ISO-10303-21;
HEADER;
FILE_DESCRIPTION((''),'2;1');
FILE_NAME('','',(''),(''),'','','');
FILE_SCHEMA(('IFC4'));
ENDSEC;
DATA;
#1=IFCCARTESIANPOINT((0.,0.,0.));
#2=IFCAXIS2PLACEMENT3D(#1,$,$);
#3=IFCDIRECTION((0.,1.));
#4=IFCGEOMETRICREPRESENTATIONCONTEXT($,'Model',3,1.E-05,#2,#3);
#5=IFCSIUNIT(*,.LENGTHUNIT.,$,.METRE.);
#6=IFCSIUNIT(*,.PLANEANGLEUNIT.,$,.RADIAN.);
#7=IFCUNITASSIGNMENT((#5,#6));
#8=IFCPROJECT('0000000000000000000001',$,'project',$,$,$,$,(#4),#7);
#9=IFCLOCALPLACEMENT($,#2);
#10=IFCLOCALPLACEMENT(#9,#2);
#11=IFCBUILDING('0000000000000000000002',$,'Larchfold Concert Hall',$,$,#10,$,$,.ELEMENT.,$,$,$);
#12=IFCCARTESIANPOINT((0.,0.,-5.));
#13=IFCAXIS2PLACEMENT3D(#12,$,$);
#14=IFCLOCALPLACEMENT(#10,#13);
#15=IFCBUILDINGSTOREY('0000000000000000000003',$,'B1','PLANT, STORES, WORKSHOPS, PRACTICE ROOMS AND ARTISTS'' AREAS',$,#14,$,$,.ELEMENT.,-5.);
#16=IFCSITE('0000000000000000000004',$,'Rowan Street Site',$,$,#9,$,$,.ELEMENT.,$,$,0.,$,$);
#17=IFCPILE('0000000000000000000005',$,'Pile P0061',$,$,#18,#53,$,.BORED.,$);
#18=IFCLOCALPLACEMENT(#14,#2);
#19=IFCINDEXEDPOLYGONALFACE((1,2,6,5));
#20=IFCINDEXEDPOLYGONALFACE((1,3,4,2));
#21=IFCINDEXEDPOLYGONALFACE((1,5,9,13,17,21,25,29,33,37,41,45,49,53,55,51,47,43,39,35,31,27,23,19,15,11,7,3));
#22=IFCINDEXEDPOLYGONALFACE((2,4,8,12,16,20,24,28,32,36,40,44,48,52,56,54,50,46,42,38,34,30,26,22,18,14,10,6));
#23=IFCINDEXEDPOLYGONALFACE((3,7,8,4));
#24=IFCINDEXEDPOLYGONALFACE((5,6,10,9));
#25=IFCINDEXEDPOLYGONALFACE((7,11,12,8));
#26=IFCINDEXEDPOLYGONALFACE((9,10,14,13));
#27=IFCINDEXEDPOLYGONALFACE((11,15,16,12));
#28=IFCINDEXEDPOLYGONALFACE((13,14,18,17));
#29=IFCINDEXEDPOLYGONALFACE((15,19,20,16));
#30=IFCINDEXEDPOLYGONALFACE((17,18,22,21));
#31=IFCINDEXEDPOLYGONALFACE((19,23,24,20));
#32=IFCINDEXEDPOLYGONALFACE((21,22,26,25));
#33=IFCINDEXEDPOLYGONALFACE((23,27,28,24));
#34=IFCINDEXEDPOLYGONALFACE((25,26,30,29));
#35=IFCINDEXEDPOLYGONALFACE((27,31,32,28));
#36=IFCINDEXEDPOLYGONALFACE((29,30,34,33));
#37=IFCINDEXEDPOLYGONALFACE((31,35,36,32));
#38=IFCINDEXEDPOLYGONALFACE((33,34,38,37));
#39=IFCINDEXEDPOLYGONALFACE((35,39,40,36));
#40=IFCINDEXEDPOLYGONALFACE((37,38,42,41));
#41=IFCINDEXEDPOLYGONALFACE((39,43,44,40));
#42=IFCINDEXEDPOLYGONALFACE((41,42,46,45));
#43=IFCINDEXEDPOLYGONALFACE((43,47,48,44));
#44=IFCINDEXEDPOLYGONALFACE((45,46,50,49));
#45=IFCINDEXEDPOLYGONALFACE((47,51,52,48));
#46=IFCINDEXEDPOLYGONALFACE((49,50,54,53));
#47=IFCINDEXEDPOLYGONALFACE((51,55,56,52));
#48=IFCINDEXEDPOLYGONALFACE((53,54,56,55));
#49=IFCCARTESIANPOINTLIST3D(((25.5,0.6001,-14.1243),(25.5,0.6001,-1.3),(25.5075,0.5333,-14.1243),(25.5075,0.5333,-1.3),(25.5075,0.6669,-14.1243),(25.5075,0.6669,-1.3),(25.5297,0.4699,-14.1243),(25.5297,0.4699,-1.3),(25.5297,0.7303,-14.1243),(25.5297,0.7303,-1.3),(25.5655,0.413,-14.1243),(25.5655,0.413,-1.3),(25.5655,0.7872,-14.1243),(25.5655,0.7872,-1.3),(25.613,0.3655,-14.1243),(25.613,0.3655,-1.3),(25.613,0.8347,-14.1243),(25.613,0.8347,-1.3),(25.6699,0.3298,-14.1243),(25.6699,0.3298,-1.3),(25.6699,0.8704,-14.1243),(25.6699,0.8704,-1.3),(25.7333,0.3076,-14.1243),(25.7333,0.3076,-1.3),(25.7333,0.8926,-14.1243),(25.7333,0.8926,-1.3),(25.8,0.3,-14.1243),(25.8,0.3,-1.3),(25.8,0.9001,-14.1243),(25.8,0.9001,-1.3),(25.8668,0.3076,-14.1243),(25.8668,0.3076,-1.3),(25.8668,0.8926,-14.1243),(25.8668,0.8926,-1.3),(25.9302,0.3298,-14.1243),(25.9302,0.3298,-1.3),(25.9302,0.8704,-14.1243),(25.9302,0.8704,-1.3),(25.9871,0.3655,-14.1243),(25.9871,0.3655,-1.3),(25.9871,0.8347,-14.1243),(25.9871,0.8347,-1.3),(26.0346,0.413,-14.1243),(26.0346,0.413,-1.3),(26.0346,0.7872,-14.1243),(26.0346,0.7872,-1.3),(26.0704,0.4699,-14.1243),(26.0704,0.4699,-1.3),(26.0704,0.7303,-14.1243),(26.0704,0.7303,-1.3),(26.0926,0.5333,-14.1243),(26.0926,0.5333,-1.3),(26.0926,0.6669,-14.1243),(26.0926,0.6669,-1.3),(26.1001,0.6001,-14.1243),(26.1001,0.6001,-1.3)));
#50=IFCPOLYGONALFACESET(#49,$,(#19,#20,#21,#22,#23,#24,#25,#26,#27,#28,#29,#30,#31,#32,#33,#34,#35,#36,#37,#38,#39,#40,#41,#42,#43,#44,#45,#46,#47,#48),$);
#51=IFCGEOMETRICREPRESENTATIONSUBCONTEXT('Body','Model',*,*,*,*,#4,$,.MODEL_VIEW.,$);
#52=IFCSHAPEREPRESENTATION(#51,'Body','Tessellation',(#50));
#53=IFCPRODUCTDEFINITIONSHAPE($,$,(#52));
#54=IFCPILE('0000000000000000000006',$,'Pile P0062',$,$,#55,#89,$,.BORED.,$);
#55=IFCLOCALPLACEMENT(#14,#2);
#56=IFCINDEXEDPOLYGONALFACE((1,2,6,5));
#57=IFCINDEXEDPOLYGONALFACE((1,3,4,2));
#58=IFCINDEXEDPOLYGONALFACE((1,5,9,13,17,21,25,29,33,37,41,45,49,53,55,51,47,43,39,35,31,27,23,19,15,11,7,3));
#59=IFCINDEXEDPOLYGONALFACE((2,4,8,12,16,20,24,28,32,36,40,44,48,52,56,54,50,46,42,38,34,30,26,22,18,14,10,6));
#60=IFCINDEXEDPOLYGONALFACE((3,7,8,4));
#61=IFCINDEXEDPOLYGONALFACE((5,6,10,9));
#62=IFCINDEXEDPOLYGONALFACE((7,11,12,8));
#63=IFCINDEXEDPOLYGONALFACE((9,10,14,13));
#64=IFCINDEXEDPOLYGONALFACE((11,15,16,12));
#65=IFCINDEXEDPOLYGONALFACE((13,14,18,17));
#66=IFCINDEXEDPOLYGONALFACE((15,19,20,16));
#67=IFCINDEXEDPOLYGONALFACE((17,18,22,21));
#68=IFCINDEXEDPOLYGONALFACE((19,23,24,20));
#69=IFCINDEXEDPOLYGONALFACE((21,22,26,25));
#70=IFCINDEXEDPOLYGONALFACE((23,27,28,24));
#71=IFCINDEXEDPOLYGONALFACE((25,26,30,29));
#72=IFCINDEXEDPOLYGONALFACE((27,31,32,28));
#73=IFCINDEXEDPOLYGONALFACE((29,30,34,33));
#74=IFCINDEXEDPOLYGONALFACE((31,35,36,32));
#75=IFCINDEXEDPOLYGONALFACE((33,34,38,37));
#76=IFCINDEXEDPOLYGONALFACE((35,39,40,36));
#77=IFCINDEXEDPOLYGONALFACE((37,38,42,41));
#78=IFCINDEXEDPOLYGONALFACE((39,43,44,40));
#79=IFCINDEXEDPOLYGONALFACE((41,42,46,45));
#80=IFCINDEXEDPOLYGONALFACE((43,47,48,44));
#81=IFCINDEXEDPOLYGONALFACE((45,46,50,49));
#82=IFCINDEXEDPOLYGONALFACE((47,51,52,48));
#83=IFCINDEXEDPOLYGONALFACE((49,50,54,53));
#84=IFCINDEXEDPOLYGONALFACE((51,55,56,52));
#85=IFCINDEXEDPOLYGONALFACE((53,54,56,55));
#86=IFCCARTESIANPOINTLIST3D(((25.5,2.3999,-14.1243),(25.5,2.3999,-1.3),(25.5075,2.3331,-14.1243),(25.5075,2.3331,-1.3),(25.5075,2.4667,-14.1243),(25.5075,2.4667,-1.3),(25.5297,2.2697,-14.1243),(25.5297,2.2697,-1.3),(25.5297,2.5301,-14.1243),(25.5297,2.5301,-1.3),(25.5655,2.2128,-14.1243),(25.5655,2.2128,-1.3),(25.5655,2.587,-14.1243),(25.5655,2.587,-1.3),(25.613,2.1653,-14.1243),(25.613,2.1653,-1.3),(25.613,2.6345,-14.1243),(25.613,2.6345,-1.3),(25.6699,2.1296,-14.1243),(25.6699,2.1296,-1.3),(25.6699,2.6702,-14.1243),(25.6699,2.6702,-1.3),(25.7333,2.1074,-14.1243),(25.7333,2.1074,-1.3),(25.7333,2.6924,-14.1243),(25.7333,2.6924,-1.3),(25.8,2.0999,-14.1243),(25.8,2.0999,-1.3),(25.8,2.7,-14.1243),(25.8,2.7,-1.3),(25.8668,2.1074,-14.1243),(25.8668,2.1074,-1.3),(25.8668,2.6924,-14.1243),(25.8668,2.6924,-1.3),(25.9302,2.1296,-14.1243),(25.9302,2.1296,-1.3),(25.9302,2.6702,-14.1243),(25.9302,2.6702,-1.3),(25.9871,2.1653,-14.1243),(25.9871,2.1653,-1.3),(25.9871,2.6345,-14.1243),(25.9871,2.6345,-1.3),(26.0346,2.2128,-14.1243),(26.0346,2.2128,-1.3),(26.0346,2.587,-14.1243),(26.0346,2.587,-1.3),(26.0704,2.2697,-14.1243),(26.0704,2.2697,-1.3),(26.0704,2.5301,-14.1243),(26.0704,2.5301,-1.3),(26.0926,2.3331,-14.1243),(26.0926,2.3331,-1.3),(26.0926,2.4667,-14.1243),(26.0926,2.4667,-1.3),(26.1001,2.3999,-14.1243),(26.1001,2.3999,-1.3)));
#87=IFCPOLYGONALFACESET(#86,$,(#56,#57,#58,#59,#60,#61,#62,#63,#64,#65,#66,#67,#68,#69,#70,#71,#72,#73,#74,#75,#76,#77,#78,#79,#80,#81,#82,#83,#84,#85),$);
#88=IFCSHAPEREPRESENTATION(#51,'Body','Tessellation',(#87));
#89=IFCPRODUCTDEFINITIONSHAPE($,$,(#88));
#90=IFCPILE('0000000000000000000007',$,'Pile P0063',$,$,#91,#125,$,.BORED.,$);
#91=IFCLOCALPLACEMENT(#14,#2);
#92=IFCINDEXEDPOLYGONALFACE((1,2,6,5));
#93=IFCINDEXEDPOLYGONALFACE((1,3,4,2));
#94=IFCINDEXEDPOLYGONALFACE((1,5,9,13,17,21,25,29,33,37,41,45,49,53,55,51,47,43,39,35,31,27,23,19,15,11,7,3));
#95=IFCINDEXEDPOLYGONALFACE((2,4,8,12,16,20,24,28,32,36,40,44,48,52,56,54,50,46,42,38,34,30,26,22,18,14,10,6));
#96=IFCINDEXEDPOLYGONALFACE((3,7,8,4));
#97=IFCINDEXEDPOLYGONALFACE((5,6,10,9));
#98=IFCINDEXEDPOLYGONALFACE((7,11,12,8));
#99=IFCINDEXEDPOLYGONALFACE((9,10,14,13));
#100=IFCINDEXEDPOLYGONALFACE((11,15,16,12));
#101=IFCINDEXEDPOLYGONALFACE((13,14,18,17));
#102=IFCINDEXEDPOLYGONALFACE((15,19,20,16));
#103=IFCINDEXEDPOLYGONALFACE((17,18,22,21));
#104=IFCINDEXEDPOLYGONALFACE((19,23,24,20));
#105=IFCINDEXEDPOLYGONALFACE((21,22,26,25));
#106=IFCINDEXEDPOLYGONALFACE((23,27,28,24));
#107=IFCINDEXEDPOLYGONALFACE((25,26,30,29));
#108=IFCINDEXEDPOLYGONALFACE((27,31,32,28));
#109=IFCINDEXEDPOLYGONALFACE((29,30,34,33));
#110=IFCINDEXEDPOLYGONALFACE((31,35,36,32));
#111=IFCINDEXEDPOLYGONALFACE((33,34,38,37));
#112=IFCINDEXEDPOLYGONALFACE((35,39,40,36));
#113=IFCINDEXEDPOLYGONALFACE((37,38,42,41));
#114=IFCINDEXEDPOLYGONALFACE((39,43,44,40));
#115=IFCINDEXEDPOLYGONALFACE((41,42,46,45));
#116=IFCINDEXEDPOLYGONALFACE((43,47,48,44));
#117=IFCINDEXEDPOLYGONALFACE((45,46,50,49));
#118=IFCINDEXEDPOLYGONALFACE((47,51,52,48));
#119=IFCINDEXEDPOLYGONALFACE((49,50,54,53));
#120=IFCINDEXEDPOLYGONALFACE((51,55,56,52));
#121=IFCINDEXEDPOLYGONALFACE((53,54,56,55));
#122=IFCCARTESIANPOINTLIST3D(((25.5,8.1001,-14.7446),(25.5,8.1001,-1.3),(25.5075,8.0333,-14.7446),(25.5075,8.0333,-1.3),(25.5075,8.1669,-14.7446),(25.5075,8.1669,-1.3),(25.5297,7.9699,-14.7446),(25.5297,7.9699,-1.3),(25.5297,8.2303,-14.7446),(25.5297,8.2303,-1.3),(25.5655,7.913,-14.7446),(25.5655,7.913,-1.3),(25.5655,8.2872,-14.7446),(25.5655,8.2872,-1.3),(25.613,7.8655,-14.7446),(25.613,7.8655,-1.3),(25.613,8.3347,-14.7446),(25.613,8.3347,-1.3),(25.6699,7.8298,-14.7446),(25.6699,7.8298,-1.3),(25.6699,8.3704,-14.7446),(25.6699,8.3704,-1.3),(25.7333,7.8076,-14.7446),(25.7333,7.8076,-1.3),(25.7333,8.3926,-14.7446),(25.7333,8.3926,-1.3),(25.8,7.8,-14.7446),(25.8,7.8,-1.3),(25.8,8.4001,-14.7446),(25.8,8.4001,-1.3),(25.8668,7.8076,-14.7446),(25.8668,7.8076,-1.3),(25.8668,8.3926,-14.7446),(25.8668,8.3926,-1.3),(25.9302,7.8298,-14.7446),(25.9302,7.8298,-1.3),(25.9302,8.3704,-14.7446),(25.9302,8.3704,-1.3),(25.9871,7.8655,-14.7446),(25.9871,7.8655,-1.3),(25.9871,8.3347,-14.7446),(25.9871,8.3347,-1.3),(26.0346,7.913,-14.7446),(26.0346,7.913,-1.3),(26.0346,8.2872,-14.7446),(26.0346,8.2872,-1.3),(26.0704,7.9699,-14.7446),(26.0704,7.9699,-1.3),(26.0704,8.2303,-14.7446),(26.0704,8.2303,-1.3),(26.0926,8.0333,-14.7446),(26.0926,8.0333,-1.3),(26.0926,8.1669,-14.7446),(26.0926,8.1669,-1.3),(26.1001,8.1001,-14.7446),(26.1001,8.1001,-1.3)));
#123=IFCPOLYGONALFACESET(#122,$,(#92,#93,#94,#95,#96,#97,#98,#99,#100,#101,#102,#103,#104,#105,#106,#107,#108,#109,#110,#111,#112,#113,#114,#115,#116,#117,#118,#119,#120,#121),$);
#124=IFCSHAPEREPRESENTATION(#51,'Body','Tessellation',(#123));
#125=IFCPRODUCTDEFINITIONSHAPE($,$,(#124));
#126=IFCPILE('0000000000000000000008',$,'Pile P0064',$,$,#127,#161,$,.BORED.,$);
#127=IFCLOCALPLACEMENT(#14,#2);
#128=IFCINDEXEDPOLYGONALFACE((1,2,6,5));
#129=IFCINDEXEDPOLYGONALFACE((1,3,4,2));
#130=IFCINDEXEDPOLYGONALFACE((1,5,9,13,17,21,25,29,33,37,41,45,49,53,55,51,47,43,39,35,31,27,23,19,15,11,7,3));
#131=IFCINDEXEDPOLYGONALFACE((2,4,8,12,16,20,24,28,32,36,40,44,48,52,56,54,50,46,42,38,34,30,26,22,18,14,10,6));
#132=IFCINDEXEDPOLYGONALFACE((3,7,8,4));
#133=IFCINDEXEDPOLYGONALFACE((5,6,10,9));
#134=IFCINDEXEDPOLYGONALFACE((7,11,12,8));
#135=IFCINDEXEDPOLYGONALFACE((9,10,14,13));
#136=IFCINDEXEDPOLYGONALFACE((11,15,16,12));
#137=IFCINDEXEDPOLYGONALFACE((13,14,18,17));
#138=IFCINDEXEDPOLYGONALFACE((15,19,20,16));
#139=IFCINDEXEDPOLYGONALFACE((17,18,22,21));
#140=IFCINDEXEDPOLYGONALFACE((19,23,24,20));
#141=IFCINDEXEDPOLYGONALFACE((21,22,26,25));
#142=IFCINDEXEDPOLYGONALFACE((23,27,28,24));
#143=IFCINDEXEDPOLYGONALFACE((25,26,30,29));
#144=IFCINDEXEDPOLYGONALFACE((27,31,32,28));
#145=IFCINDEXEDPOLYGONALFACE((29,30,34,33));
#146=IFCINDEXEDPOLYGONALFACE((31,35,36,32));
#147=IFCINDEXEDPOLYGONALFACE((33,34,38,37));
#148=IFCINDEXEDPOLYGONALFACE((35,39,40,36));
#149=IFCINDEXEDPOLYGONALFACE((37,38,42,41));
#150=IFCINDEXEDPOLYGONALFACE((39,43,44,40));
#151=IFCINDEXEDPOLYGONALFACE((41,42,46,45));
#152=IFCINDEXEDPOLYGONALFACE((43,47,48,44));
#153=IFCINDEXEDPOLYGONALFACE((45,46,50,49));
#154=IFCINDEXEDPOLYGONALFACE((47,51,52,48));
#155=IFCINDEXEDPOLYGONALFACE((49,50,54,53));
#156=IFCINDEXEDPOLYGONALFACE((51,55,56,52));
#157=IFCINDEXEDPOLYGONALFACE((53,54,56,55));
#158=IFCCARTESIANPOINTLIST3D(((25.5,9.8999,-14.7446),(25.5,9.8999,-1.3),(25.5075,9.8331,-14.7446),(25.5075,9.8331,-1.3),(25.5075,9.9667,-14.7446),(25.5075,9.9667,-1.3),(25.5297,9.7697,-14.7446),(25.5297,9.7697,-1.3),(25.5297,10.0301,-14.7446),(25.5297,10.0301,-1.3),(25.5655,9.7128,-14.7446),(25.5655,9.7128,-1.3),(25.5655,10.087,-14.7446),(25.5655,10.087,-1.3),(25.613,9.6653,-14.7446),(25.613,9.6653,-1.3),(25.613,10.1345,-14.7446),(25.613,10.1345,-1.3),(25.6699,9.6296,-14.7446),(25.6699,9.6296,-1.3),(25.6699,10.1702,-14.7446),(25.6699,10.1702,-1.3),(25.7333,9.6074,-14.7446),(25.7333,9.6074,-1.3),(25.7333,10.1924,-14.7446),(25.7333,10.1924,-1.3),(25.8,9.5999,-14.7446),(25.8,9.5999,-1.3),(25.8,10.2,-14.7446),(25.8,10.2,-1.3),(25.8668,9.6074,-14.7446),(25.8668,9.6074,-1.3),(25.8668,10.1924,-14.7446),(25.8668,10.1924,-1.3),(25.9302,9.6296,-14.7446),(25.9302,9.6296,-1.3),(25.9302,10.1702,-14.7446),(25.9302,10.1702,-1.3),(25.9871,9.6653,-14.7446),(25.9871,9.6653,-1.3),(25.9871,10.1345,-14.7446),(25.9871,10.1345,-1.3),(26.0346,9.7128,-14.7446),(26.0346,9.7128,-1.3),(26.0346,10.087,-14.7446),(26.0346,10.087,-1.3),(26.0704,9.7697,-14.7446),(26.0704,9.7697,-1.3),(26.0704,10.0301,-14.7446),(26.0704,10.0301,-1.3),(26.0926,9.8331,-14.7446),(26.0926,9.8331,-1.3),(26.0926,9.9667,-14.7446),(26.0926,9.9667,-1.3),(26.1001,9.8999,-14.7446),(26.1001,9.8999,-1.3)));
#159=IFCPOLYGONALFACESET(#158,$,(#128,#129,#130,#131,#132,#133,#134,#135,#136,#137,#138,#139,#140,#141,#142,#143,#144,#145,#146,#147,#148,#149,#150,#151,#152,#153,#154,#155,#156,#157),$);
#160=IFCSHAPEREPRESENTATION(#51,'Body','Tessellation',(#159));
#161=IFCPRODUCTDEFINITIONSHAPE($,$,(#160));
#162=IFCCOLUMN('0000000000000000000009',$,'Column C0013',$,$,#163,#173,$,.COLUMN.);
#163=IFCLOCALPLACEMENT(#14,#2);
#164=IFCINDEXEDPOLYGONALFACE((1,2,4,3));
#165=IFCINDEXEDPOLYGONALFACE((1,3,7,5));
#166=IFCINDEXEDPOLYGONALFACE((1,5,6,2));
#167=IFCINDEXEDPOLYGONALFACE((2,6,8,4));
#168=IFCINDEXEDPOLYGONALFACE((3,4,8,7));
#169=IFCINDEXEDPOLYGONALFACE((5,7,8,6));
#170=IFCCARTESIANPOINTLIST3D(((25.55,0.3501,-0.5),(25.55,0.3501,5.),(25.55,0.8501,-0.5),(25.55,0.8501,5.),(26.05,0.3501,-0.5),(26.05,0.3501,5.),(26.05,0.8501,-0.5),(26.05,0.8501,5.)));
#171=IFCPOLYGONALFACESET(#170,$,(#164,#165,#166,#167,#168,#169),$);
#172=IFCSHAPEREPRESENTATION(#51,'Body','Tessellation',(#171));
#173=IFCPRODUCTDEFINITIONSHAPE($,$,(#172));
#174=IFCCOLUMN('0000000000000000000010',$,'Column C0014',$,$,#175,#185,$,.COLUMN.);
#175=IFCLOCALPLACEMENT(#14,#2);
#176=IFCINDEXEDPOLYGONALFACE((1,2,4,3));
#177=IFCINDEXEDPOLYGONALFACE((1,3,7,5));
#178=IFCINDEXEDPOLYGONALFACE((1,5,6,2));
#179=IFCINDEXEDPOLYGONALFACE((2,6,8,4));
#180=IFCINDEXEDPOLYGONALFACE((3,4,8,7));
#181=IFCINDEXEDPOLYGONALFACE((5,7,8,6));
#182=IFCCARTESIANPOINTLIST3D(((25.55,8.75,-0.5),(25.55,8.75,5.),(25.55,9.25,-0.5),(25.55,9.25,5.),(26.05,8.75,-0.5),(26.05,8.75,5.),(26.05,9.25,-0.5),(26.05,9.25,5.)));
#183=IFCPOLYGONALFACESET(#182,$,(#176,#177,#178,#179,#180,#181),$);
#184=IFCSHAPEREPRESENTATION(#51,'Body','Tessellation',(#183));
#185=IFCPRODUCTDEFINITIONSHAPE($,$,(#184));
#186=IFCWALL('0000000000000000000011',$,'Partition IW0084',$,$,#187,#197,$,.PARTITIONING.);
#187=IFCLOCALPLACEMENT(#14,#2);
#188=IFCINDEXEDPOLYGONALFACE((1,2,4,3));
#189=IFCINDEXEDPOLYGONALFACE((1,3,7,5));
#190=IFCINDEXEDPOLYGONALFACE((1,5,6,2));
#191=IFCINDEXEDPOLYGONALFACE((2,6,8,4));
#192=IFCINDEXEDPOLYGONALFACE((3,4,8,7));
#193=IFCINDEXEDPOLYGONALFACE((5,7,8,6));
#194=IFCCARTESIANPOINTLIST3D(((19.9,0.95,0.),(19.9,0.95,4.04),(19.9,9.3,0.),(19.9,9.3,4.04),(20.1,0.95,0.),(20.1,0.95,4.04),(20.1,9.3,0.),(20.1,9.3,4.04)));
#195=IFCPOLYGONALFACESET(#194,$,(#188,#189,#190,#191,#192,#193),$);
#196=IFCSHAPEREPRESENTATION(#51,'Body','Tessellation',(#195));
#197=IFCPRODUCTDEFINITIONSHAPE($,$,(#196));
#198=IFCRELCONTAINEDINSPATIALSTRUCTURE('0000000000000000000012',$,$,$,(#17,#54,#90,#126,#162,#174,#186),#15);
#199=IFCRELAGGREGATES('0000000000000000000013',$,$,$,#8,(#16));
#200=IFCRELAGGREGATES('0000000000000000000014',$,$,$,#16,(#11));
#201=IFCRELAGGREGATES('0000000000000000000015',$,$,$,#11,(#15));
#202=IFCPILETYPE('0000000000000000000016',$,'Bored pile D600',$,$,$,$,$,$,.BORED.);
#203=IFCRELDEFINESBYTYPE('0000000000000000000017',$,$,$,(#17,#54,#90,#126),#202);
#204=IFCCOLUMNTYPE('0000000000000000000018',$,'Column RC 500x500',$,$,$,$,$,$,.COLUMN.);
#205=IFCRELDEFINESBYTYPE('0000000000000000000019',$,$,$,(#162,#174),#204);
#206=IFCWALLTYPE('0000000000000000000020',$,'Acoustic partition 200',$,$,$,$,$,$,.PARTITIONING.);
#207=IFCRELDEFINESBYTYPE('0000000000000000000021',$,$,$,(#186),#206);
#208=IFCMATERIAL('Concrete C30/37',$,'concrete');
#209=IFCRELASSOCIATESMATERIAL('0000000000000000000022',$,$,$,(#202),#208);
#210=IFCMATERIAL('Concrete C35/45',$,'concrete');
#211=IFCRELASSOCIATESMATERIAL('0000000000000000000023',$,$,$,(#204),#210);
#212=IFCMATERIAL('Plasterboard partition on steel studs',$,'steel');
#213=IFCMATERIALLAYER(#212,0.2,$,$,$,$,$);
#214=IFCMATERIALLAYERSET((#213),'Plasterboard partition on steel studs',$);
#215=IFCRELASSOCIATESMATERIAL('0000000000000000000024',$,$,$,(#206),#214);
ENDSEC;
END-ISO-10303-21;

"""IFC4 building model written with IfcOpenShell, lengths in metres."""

from ifc_helpers import new_model, si_unit, direction, frame, frame_2d, origin, origin_2d, place, context, subcontext, project, spatial, rectangle, circle, extrude, material, layer, layer_set, material_profile, profile_set, type_object, element, save


model = new_model("IFC4")

# Units and contexts
model_context = context("Model", 3, precision=1e-05, world=origin(), true_north=direction((0.0, 1.0)))
body_context = subcontext(model_context, "Body", "Model", "MODEL_VIEW")
ifc_project = project(units=[si_unit("LENGTHUNIT", "METRE"), si_unit("PLANEANGLEUNIT", "RADIAN")], contexts=[model_context])

# Site, building, storey
site_placement = place(None, origin())
site = spatial("IfcSite", under=ifc_project, at=site_placement, Name="Rowan Street Site", CompositionType="ELEMENT", RefElevation=0.0)
building_placement = place(site_placement, origin())
building = spatial("IfcBuilding", under=site, at=building_placement, Name="Larchfold Concert Hall", CompositionType="ELEMENT")
storey_placement = place(building_placement, frame((0.0, 0.0, -5.0)))
storey = spatial("IfcBuildingStorey", under=building, at=storey_placement, Name="B1", Description="PLANT, STORES, WORKSHOPS, PRACTICE ROOMS AND ARTISTS' AREAS", CompositionType="ELEMENT", Elevation=-5.0)

# Piles
ifc_material_1 = material(Name="Concrete C30/37", Category="concrete")
ifc_material_profile_1 = material_profile(ifc_material_1, circle(Radius=0.3, at=origin_2d()))
ifc_profile_set_1 = profile_set([ifc_material_profile_1], Name="Concrete C30/37")
pile_type = type_object("IfcPileType", Name="Bored pile D600", PredefinedType="BORED", material=ifc_profile_set_1)
for number, where, z_axis, x_axis, name in (
    (1, (25.8, 0.6001, -1.3), (0.0, 0.0, -1.0), (1.0, 0.0, 0.0), "Pile P0061"),
    (2, (25.8, 2.3999, -1.3), (0.0, 0.0, -1.0), (1.0, 0.0, 0.0), "Pile P0062"),
):
    element("IfcPile", number, at=place(storey_placement, frame(where, z_axis=z_axis, x_axis=x_axis)), inside=storey, type_object=pile_type, Name=name, PredefinedType="BORED", context=body_context, shape_type="SweptSolid", body=[
        extrude(circle(Radius=0.3, at=origin_2d()), origin(), (0.0, 0.0, 1.0), 12.8242),
    ])
for number, where, z_axis, x_axis, name in (
    (3, (25.8, 8.1001, -1.3), (0.0, 0.0, -1.0), (1.0, 0.0, 0.0), "Pile P0063"),
    (4, (25.8, 9.8999, -1.3), (0.0, 0.0, -1.0), (1.0, 0.0, 0.0), "Pile P0064"),
):
    element("IfcPile", number, at=place(storey_placement, frame(where, z_axis=z_axis, x_axis=x_axis)), inside=storey, type_object=pile_type, Name=name, PredefinedType="BORED", context=body_context, shape_type="SweptSolid", body=[
        extrude(circle(Radius=0.3, at=origin_2d()), origin(), (0.0, 0.0, 1.0), 13.4446),
    ])

# Columns
ifc_material_2 = material(Name="Concrete C35/45", Category="concrete")
ifc_material_profile_2 = material_profile(ifc_material_2, rectangle(XDim=0.5, YDim=0.5, at=origin_2d()))
ifc_profile_set_2 = profile_set([ifc_material_profile_2], Name="Concrete C35/45")
column_type = type_object("IfcColumnType", Name="Column RC 500x500", PredefinedType="COLUMN", material=ifc_profile_set_2)
for number, where, z_axis, x_axis, name in (
    (5, (25.8, 0.6001, -0.5), (0.0, 0.0, 1.0), (1.0, 0.0, 0.0), "Column C0013"),
    (6, (25.8, 9.0, -0.5), (0.0, 0.0, 1.0), (1.0, 0.0, 0.0), "Column C0014"),
):
    element("IfcColumn", number, at=place(storey_placement, frame(where, z_axis=z_axis, x_axis=x_axis)), inside=storey, type_object=column_type, Name=name, PredefinedType="COLUMN", context=body_context, shape_type="SweptSolid", body=[
        extrude(rectangle(XDim=0.5, YDim=0.5, at=origin_2d()), origin(), (0.0, 0.0, 1.0), 5.5),
    ])

# Wall
ifc_material_3 = material(Name="Plasterboard partition on steel studs", Category="steel")
ifc_layer_1 = layer(ifc_material_3, 0.2)
ifc_layer_set_1 = layer_set([ifc_layer_1], Name="Plasterboard partition on steel studs")
wall_type_1 = type_object("IfcWallType", Name="Acoustic partition 200", PredefinedType="PARTITIONING", material=ifc_layer_set_1)
wall_1_placement = place(storey_placement, frame((20.0, 9.3, 0.0), z_axis=(0.0, 0.0, 1.0), x_axis=(0.0, -1.0, 0.0)))
element("IfcWall", 7, at=wall_1_placement, inside=storey, type_object=wall_type_1, Name="Partition IW0084", PredefinedType="PARTITIONING", context=body_context, shape_type="SweptSolid", body=[
    extrude(rectangle(XDim=8.3501, YDim=0.2, at=frame_2d((4.175, 0.0))), origin(), (0.0, 0.0, 1.0), 4.04),
])

save(model, "model.ifc")
